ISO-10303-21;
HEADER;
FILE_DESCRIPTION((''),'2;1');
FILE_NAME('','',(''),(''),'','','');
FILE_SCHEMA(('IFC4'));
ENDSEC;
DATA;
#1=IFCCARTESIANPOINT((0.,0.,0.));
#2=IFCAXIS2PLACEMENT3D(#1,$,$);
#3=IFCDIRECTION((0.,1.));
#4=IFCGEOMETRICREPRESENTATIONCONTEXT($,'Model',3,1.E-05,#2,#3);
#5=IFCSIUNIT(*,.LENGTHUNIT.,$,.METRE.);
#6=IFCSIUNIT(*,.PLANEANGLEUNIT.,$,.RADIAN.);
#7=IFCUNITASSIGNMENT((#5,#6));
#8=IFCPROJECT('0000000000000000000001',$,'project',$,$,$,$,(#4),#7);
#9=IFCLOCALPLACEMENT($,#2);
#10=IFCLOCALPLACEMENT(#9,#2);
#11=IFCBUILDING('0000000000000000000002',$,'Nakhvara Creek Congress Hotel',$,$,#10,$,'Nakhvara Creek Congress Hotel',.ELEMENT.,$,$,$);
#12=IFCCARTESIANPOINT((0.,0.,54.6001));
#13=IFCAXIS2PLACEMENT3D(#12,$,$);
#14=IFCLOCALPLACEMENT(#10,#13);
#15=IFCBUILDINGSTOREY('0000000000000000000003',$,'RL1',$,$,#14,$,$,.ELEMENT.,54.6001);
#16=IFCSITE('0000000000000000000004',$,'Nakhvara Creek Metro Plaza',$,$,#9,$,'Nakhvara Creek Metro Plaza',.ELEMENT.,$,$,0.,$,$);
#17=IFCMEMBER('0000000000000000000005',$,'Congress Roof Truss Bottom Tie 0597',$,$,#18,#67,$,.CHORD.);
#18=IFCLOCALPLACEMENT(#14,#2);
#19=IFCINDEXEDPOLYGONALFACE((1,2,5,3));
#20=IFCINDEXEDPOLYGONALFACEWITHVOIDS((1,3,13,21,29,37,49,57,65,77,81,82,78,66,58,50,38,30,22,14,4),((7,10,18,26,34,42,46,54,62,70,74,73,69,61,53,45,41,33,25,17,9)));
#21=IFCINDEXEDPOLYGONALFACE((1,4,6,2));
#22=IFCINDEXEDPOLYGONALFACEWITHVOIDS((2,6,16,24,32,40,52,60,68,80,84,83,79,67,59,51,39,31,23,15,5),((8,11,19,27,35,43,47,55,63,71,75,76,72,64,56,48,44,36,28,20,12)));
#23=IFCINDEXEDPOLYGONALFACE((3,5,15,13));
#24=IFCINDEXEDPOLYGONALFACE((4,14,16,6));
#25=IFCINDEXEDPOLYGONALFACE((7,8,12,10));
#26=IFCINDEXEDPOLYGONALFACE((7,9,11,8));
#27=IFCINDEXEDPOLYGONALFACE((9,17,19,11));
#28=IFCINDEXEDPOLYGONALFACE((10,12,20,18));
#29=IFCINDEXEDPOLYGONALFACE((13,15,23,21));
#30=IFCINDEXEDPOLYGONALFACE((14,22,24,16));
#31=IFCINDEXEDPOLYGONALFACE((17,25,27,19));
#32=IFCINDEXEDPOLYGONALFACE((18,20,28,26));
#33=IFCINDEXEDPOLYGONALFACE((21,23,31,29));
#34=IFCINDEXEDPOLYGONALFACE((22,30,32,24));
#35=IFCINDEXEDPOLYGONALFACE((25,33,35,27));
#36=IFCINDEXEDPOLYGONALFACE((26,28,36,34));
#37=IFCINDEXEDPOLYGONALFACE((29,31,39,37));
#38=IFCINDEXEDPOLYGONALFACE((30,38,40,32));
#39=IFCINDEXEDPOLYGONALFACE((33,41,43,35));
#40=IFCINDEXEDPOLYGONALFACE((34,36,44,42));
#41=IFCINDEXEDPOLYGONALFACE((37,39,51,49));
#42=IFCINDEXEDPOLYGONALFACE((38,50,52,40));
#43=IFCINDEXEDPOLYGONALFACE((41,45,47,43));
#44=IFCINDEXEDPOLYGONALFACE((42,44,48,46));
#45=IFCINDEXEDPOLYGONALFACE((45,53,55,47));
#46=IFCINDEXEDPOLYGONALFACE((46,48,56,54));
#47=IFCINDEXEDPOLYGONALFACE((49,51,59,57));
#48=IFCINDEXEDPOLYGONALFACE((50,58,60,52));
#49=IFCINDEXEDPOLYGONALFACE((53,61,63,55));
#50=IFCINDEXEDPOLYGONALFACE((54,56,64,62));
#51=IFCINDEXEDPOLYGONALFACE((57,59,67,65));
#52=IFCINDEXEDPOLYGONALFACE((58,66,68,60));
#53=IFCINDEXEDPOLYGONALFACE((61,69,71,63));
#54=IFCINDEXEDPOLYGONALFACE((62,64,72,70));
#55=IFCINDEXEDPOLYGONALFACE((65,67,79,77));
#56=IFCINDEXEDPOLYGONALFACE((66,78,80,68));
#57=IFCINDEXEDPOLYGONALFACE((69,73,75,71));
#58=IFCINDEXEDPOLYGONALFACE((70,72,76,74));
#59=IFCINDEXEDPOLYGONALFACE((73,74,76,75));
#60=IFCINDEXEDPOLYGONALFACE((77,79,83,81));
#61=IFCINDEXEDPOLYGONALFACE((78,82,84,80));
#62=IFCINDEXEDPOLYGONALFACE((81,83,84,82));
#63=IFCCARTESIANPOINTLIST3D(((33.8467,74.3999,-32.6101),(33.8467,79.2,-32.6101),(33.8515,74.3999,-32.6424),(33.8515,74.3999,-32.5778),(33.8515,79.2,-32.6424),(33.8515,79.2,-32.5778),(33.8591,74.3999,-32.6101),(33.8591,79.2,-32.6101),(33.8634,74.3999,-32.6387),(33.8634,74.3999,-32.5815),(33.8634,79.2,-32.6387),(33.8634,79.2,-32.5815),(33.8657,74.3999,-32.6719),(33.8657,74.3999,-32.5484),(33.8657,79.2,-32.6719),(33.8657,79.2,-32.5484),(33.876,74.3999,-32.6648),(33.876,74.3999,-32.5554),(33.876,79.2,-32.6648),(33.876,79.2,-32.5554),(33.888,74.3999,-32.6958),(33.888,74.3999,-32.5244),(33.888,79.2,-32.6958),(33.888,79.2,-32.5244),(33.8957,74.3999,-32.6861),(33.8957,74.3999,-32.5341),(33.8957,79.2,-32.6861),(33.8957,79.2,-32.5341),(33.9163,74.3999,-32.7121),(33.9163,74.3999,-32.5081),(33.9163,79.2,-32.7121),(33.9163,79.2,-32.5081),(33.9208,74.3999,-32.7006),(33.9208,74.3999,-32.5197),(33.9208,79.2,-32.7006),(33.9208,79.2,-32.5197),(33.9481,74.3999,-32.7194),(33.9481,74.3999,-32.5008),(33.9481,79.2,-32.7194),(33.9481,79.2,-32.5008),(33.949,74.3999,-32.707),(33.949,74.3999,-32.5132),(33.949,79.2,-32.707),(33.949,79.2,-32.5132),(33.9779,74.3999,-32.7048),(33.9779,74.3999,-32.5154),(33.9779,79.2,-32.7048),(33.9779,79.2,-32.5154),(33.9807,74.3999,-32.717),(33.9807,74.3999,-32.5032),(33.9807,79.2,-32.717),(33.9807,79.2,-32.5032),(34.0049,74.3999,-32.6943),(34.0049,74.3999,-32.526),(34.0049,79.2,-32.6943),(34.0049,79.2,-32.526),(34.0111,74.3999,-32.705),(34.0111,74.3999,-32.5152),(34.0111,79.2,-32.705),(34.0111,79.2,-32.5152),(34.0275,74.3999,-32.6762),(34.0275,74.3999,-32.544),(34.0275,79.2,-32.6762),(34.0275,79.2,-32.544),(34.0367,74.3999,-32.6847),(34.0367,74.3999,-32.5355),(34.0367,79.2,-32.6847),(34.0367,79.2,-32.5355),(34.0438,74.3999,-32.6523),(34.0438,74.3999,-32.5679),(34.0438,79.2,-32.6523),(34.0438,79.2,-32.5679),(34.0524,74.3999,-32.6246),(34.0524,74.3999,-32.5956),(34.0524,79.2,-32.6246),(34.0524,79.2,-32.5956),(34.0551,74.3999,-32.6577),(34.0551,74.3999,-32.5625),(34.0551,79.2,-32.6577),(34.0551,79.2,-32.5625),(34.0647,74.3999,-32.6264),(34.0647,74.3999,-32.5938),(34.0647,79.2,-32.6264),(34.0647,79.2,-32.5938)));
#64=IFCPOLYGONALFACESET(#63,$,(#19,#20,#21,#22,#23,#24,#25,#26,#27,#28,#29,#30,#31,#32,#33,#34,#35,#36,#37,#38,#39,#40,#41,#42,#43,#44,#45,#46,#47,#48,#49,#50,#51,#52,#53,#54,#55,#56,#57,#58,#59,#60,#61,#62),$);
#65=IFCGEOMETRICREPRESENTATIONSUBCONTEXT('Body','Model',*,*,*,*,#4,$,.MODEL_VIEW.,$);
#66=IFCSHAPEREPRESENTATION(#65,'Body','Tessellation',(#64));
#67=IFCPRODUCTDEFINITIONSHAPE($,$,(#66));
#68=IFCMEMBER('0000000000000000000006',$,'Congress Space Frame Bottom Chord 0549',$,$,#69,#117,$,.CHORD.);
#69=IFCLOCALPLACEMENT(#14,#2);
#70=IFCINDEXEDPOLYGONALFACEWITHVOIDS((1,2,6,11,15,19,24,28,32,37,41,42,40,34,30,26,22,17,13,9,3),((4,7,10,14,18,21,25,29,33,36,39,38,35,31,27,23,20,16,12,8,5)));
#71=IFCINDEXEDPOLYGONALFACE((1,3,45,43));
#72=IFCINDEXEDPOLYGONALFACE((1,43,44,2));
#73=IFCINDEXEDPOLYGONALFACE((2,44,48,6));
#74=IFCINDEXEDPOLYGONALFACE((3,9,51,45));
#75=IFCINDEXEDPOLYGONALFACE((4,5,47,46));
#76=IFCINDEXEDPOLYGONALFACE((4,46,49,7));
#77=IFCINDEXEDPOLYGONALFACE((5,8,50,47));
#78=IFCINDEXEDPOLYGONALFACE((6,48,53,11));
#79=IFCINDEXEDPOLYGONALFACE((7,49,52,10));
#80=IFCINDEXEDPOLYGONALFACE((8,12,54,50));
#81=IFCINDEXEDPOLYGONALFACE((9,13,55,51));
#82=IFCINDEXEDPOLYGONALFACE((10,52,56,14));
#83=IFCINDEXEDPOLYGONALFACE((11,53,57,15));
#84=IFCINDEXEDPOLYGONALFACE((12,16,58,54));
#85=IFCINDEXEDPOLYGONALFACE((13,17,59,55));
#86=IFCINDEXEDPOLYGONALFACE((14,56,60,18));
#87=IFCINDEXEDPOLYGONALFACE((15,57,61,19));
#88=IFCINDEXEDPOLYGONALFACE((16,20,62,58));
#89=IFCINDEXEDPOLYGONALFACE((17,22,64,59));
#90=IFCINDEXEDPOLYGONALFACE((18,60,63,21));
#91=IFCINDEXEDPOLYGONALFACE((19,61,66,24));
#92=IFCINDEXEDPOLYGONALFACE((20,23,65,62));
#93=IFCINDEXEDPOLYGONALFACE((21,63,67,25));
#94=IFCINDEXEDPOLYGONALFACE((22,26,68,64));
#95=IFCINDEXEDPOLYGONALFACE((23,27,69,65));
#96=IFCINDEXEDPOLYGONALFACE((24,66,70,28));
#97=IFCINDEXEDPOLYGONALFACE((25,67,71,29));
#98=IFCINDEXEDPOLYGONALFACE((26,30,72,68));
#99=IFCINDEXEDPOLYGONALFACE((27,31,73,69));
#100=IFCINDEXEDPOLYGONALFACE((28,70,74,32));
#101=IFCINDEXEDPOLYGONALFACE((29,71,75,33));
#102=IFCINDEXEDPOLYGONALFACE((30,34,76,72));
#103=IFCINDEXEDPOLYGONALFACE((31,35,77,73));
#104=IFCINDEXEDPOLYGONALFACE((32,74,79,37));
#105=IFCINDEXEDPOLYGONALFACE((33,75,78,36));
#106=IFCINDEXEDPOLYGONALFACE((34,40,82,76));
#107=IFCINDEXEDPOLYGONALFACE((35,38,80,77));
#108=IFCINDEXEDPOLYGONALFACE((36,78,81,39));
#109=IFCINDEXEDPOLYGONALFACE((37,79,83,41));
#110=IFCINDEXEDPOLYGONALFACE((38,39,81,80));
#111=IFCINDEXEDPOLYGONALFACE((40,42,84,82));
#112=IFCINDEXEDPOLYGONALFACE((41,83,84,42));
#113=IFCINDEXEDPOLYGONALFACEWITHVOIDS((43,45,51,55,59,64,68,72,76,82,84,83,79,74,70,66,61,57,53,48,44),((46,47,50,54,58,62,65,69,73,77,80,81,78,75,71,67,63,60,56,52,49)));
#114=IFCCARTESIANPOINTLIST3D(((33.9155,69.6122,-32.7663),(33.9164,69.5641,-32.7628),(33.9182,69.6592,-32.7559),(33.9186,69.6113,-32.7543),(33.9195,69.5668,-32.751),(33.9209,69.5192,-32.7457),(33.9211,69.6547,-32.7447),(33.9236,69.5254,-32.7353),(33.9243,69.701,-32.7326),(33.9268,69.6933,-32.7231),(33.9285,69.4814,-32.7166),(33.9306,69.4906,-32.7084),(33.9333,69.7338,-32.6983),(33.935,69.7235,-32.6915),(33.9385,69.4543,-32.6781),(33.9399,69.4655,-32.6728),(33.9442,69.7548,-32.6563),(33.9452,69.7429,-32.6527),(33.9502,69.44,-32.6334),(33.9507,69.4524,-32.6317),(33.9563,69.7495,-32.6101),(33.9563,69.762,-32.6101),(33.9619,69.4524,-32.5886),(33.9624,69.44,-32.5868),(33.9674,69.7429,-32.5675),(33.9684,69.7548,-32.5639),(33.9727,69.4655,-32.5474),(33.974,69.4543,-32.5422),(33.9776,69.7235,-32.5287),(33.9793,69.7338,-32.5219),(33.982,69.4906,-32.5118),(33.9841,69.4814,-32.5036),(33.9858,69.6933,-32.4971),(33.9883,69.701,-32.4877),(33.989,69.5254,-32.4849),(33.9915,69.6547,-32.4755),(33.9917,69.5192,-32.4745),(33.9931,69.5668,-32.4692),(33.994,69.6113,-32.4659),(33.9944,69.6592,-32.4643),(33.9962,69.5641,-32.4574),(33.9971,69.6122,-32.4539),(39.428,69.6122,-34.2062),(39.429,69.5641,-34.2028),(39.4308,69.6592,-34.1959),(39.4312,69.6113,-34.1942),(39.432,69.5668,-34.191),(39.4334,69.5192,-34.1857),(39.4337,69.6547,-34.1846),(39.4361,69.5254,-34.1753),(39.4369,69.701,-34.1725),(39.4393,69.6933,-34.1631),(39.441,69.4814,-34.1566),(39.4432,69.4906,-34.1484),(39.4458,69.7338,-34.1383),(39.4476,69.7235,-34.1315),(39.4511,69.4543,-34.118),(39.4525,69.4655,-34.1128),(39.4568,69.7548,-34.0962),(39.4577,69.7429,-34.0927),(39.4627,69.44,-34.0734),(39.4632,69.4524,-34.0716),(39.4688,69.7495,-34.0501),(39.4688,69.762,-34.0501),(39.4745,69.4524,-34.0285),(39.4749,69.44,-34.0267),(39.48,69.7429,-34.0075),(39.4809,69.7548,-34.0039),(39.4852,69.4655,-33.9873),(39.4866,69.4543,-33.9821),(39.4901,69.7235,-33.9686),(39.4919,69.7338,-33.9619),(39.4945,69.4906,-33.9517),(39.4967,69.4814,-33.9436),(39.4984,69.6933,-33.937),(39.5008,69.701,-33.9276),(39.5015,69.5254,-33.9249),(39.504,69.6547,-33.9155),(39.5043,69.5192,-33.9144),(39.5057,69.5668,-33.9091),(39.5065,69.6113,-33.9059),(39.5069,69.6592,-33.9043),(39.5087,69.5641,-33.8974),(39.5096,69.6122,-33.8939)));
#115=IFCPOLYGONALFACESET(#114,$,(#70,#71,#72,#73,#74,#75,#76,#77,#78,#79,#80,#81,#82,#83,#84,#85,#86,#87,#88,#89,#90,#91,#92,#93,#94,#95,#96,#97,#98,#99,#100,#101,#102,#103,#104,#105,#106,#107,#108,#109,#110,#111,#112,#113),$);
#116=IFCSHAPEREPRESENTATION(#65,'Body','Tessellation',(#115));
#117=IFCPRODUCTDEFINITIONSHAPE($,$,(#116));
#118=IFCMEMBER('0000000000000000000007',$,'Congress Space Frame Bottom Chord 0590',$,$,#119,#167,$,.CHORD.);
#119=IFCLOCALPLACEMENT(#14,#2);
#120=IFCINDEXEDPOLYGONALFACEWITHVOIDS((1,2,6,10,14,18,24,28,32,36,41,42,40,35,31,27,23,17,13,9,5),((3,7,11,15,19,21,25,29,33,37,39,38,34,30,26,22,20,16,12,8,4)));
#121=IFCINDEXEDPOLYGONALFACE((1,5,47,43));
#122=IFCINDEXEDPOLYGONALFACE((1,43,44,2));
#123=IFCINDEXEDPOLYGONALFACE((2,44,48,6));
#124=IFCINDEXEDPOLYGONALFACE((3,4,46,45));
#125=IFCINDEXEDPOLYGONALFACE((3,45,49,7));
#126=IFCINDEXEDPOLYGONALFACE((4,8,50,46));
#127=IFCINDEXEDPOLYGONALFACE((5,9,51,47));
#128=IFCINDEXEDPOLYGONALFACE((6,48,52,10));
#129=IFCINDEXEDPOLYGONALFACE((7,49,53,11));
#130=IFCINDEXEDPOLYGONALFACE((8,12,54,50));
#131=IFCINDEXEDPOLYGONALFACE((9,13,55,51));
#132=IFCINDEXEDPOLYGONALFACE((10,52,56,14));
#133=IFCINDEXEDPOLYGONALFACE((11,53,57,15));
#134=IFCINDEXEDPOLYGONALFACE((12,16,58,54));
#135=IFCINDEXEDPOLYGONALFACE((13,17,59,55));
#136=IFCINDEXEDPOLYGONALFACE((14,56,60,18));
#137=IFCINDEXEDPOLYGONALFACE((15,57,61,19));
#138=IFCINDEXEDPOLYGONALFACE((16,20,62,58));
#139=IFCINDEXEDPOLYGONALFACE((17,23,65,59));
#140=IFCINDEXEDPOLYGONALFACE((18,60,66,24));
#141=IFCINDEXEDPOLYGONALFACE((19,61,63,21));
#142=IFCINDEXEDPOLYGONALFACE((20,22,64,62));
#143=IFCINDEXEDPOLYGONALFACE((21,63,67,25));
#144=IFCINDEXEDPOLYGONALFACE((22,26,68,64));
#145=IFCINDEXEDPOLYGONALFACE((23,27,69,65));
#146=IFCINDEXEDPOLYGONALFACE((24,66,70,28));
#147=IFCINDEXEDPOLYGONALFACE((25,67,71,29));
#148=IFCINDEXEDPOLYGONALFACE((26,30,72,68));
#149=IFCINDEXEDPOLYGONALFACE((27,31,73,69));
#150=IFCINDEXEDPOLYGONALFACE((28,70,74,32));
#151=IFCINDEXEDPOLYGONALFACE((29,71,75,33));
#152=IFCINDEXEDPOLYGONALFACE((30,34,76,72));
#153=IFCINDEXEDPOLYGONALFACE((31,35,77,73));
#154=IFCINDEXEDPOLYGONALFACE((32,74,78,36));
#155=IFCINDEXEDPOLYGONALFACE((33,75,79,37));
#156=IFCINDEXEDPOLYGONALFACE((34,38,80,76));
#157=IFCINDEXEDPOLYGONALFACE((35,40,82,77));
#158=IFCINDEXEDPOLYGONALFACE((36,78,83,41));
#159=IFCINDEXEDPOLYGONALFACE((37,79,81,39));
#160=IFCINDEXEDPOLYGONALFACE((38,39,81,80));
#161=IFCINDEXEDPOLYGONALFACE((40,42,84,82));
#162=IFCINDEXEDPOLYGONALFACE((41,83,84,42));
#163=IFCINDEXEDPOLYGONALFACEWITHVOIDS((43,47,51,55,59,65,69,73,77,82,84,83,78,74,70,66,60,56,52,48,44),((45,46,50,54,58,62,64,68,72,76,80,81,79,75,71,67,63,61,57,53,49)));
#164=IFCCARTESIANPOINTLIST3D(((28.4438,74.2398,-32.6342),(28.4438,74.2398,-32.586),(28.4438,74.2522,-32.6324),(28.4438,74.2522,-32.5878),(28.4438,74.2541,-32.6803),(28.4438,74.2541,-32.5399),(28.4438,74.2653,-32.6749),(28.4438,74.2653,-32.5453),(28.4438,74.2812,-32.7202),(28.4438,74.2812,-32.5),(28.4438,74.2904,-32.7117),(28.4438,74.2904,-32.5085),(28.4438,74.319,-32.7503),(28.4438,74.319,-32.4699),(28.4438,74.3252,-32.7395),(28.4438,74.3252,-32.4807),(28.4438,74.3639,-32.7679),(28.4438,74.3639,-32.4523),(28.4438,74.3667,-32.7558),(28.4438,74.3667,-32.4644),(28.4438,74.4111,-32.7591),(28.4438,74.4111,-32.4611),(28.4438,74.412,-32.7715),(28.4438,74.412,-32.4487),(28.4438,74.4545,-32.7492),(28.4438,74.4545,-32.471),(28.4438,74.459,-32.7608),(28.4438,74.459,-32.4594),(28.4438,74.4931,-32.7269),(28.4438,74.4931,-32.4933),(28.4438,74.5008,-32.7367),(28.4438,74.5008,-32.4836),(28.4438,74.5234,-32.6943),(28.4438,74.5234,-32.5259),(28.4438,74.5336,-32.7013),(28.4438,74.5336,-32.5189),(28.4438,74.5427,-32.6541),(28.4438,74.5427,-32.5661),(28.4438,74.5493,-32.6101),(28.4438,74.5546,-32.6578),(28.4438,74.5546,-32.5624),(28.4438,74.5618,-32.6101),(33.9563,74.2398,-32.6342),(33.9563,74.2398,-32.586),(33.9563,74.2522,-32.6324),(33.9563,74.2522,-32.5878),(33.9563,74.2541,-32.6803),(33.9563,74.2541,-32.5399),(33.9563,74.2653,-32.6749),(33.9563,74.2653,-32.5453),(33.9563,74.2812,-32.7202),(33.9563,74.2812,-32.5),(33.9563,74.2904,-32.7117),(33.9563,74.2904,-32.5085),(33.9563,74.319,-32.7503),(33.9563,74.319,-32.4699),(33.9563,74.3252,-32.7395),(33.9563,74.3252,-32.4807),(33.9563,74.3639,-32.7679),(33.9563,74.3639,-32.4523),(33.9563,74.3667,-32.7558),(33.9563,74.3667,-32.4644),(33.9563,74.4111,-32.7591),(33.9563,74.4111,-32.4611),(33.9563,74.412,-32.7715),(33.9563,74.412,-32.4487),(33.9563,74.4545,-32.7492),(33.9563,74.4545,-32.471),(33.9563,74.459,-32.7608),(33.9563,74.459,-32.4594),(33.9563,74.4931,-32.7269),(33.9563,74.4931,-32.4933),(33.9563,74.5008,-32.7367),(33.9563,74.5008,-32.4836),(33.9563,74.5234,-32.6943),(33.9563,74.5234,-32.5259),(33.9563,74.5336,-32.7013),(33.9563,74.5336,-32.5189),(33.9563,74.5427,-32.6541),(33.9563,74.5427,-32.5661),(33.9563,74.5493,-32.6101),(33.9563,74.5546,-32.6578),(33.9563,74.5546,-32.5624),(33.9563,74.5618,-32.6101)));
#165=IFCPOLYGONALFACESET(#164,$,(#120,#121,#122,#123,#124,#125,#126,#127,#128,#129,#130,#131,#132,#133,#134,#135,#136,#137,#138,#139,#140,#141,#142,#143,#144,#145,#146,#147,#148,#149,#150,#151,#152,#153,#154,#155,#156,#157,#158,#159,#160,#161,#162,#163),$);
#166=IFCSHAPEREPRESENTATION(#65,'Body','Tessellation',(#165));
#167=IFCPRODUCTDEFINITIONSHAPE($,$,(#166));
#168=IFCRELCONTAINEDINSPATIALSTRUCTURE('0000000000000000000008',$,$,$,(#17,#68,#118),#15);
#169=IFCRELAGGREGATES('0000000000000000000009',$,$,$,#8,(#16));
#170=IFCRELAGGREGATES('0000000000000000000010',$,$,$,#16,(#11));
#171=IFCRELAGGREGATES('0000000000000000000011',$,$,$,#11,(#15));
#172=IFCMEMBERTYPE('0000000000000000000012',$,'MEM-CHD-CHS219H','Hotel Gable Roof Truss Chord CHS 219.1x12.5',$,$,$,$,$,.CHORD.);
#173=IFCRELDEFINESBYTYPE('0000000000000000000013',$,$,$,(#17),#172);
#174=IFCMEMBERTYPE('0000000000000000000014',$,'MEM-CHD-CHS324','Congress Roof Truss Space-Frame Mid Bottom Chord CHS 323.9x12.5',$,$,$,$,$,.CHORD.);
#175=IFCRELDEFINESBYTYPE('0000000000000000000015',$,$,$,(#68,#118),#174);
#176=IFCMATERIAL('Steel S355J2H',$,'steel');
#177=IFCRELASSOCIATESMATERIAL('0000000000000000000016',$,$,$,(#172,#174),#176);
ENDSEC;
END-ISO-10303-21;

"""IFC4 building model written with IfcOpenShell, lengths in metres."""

from ifc_helpers import new_model, si_unit, direction, frame, origin, origin_2d, place, context, subcontext, project, spatial, hollow_circle, extrude, material, material_profile, profile_set, type_object, element, save


model = new_model("IFC4")

# Units and contexts
model_context = context("Model", 3, precision=1e-05, world=origin(), true_north=direction((0.0, 1.0)))
body_context = subcontext(model_context, "Body", "Model", "MODEL_VIEW")
ifc_project = project(units=[si_unit("LENGTHUNIT", "METRE"), si_unit("PLANEANGLEUNIT", "RADIAN")], contexts=[model_context])

# Site, building, storey
site_placement = place(None, origin())
site = spatial("IfcSite", under=ifc_project, at=site_placement, Name="Nakhvara Creek Metro Plaza", LongName="Nakhvara Creek Metro Plaza", CompositionType="ELEMENT", RefElevation=0.0)
building_placement = place(site_placement, origin())
building = spatial("IfcBuilding", under=site, at=building_placement, Name="Nakhvara Creek Congress Hotel", LongName="Nakhvara Creek Congress Hotel", CompositionType="ELEMENT")
storey_placement = place(building_placement, frame((0.0, 0.0, 54.6001)))
storey = spatial("IfcBuildingStorey", under=building, at=storey_placement, Name="RL1", CompositionType="ELEMENT", Elevation=54.6001)

# Members
ifc_material_1 = material(Name="Steel S355J2H", Category="steel")
ifc_material_profile_1 = material_profile(ifc_material_1, hollow_circle(Radius=0.1096, WallThickness=0.0125, at=origin_2d()), Name="CHS 219.1x12.5", Category="LoadBearing")
ifc_profile_set_1 = profile_set([ifc_material_profile_1], Name="Steel S355J2H")
member_type_1 = type_object("IfcMemberType", Name="MEM-CHD-CHS219H", Description="Hotel Gable Roof Truss Chord CHS 219.1x12.5", PredefinedType="CHORD", material=ifc_profile_set_1)
for number, where, z_axis, x_axis, name in (
    (1, (33.9563, 74.3999, -32.6101), (0.0, 1.0, 0.0), (-1.0, 0.0, 0.0), "Congress Roof Truss Bottom Tie 0597"),
):
    element("IfcMember", number, at=place(storey_placement, frame(where, z_axis=z_axis, x_axis=x_axis)), inside=storey, type_object=member_type_1, Name=name, PredefinedType="CHORD", context=body_context, shape_type="SweptSolid", body=[
        extrude(hollow_circle(Radius=0.1096, WallThickness=0.0125, at=origin_2d()), origin(), (0.0, 0.0, 1.0), 4.8),
    ])
ifc_material_profile_2 = material_profile(ifc_material_1, hollow_circle(Radius=0.1619, WallThickness=0.0125, at=origin_2d()), Name="CHS 323.9x12.5", Category="LoadBearing")
ifc_profile_set_2 = profile_set([ifc_material_profile_2], Name="Steel S355J2H")
member_type_2 = type_object("IfcMemberType", Name="MEM-CHD-CHS324", Description="Congress Roof Truss Space-Frame Mid Bottom Chord CHS 323.9x12.5", PredefinedType="CHORD", material=ifc_profile_set_2)
member_1_placement = place(storey_placement, frame((33.9563, 69.6001, -32.6101), z_axis=(0.967535, 0.0, -0.252736), x_axis=(0.0, 1.0, 0.0)))
element("IfcMember", 2, at=member_1_placement, inside=storey, type_object=member_type_2, Name="Congress Space Frame Bottom Chord 0549", PredefinedType="CHORD", context=body_context, shape_type="SweptSolid", body=[
    extrude(hollow_circle(Radius=0.1619, WallThickness=0.0125, at=origin_2d()), origin(), (0.0, 0.0, 1.0), 5.6975),
])
member_2_placement = place(storey_placement, frame((28.4438, 74.3999, -32.6101), z_axis=(1.0, 0.0, 0.0), x_axis=(0.0, 1.0, 0.0)))
element("IfcMember", 3, at=member_2_placement, inside=storey, type_object=member_type_2, Name="Congress Space Frame Bottom Chord 0590", PredefinedType="CHORD", context=body_context, shape_type="SweptSolid", body=[
    extrude(hollow_circle(Radius=0.1619, WallThickness=0.0125, at=origin_2d()), origin(), (0.0, 0.0, 1.0), 5.5125),
])

save(model, "model.ifc")
